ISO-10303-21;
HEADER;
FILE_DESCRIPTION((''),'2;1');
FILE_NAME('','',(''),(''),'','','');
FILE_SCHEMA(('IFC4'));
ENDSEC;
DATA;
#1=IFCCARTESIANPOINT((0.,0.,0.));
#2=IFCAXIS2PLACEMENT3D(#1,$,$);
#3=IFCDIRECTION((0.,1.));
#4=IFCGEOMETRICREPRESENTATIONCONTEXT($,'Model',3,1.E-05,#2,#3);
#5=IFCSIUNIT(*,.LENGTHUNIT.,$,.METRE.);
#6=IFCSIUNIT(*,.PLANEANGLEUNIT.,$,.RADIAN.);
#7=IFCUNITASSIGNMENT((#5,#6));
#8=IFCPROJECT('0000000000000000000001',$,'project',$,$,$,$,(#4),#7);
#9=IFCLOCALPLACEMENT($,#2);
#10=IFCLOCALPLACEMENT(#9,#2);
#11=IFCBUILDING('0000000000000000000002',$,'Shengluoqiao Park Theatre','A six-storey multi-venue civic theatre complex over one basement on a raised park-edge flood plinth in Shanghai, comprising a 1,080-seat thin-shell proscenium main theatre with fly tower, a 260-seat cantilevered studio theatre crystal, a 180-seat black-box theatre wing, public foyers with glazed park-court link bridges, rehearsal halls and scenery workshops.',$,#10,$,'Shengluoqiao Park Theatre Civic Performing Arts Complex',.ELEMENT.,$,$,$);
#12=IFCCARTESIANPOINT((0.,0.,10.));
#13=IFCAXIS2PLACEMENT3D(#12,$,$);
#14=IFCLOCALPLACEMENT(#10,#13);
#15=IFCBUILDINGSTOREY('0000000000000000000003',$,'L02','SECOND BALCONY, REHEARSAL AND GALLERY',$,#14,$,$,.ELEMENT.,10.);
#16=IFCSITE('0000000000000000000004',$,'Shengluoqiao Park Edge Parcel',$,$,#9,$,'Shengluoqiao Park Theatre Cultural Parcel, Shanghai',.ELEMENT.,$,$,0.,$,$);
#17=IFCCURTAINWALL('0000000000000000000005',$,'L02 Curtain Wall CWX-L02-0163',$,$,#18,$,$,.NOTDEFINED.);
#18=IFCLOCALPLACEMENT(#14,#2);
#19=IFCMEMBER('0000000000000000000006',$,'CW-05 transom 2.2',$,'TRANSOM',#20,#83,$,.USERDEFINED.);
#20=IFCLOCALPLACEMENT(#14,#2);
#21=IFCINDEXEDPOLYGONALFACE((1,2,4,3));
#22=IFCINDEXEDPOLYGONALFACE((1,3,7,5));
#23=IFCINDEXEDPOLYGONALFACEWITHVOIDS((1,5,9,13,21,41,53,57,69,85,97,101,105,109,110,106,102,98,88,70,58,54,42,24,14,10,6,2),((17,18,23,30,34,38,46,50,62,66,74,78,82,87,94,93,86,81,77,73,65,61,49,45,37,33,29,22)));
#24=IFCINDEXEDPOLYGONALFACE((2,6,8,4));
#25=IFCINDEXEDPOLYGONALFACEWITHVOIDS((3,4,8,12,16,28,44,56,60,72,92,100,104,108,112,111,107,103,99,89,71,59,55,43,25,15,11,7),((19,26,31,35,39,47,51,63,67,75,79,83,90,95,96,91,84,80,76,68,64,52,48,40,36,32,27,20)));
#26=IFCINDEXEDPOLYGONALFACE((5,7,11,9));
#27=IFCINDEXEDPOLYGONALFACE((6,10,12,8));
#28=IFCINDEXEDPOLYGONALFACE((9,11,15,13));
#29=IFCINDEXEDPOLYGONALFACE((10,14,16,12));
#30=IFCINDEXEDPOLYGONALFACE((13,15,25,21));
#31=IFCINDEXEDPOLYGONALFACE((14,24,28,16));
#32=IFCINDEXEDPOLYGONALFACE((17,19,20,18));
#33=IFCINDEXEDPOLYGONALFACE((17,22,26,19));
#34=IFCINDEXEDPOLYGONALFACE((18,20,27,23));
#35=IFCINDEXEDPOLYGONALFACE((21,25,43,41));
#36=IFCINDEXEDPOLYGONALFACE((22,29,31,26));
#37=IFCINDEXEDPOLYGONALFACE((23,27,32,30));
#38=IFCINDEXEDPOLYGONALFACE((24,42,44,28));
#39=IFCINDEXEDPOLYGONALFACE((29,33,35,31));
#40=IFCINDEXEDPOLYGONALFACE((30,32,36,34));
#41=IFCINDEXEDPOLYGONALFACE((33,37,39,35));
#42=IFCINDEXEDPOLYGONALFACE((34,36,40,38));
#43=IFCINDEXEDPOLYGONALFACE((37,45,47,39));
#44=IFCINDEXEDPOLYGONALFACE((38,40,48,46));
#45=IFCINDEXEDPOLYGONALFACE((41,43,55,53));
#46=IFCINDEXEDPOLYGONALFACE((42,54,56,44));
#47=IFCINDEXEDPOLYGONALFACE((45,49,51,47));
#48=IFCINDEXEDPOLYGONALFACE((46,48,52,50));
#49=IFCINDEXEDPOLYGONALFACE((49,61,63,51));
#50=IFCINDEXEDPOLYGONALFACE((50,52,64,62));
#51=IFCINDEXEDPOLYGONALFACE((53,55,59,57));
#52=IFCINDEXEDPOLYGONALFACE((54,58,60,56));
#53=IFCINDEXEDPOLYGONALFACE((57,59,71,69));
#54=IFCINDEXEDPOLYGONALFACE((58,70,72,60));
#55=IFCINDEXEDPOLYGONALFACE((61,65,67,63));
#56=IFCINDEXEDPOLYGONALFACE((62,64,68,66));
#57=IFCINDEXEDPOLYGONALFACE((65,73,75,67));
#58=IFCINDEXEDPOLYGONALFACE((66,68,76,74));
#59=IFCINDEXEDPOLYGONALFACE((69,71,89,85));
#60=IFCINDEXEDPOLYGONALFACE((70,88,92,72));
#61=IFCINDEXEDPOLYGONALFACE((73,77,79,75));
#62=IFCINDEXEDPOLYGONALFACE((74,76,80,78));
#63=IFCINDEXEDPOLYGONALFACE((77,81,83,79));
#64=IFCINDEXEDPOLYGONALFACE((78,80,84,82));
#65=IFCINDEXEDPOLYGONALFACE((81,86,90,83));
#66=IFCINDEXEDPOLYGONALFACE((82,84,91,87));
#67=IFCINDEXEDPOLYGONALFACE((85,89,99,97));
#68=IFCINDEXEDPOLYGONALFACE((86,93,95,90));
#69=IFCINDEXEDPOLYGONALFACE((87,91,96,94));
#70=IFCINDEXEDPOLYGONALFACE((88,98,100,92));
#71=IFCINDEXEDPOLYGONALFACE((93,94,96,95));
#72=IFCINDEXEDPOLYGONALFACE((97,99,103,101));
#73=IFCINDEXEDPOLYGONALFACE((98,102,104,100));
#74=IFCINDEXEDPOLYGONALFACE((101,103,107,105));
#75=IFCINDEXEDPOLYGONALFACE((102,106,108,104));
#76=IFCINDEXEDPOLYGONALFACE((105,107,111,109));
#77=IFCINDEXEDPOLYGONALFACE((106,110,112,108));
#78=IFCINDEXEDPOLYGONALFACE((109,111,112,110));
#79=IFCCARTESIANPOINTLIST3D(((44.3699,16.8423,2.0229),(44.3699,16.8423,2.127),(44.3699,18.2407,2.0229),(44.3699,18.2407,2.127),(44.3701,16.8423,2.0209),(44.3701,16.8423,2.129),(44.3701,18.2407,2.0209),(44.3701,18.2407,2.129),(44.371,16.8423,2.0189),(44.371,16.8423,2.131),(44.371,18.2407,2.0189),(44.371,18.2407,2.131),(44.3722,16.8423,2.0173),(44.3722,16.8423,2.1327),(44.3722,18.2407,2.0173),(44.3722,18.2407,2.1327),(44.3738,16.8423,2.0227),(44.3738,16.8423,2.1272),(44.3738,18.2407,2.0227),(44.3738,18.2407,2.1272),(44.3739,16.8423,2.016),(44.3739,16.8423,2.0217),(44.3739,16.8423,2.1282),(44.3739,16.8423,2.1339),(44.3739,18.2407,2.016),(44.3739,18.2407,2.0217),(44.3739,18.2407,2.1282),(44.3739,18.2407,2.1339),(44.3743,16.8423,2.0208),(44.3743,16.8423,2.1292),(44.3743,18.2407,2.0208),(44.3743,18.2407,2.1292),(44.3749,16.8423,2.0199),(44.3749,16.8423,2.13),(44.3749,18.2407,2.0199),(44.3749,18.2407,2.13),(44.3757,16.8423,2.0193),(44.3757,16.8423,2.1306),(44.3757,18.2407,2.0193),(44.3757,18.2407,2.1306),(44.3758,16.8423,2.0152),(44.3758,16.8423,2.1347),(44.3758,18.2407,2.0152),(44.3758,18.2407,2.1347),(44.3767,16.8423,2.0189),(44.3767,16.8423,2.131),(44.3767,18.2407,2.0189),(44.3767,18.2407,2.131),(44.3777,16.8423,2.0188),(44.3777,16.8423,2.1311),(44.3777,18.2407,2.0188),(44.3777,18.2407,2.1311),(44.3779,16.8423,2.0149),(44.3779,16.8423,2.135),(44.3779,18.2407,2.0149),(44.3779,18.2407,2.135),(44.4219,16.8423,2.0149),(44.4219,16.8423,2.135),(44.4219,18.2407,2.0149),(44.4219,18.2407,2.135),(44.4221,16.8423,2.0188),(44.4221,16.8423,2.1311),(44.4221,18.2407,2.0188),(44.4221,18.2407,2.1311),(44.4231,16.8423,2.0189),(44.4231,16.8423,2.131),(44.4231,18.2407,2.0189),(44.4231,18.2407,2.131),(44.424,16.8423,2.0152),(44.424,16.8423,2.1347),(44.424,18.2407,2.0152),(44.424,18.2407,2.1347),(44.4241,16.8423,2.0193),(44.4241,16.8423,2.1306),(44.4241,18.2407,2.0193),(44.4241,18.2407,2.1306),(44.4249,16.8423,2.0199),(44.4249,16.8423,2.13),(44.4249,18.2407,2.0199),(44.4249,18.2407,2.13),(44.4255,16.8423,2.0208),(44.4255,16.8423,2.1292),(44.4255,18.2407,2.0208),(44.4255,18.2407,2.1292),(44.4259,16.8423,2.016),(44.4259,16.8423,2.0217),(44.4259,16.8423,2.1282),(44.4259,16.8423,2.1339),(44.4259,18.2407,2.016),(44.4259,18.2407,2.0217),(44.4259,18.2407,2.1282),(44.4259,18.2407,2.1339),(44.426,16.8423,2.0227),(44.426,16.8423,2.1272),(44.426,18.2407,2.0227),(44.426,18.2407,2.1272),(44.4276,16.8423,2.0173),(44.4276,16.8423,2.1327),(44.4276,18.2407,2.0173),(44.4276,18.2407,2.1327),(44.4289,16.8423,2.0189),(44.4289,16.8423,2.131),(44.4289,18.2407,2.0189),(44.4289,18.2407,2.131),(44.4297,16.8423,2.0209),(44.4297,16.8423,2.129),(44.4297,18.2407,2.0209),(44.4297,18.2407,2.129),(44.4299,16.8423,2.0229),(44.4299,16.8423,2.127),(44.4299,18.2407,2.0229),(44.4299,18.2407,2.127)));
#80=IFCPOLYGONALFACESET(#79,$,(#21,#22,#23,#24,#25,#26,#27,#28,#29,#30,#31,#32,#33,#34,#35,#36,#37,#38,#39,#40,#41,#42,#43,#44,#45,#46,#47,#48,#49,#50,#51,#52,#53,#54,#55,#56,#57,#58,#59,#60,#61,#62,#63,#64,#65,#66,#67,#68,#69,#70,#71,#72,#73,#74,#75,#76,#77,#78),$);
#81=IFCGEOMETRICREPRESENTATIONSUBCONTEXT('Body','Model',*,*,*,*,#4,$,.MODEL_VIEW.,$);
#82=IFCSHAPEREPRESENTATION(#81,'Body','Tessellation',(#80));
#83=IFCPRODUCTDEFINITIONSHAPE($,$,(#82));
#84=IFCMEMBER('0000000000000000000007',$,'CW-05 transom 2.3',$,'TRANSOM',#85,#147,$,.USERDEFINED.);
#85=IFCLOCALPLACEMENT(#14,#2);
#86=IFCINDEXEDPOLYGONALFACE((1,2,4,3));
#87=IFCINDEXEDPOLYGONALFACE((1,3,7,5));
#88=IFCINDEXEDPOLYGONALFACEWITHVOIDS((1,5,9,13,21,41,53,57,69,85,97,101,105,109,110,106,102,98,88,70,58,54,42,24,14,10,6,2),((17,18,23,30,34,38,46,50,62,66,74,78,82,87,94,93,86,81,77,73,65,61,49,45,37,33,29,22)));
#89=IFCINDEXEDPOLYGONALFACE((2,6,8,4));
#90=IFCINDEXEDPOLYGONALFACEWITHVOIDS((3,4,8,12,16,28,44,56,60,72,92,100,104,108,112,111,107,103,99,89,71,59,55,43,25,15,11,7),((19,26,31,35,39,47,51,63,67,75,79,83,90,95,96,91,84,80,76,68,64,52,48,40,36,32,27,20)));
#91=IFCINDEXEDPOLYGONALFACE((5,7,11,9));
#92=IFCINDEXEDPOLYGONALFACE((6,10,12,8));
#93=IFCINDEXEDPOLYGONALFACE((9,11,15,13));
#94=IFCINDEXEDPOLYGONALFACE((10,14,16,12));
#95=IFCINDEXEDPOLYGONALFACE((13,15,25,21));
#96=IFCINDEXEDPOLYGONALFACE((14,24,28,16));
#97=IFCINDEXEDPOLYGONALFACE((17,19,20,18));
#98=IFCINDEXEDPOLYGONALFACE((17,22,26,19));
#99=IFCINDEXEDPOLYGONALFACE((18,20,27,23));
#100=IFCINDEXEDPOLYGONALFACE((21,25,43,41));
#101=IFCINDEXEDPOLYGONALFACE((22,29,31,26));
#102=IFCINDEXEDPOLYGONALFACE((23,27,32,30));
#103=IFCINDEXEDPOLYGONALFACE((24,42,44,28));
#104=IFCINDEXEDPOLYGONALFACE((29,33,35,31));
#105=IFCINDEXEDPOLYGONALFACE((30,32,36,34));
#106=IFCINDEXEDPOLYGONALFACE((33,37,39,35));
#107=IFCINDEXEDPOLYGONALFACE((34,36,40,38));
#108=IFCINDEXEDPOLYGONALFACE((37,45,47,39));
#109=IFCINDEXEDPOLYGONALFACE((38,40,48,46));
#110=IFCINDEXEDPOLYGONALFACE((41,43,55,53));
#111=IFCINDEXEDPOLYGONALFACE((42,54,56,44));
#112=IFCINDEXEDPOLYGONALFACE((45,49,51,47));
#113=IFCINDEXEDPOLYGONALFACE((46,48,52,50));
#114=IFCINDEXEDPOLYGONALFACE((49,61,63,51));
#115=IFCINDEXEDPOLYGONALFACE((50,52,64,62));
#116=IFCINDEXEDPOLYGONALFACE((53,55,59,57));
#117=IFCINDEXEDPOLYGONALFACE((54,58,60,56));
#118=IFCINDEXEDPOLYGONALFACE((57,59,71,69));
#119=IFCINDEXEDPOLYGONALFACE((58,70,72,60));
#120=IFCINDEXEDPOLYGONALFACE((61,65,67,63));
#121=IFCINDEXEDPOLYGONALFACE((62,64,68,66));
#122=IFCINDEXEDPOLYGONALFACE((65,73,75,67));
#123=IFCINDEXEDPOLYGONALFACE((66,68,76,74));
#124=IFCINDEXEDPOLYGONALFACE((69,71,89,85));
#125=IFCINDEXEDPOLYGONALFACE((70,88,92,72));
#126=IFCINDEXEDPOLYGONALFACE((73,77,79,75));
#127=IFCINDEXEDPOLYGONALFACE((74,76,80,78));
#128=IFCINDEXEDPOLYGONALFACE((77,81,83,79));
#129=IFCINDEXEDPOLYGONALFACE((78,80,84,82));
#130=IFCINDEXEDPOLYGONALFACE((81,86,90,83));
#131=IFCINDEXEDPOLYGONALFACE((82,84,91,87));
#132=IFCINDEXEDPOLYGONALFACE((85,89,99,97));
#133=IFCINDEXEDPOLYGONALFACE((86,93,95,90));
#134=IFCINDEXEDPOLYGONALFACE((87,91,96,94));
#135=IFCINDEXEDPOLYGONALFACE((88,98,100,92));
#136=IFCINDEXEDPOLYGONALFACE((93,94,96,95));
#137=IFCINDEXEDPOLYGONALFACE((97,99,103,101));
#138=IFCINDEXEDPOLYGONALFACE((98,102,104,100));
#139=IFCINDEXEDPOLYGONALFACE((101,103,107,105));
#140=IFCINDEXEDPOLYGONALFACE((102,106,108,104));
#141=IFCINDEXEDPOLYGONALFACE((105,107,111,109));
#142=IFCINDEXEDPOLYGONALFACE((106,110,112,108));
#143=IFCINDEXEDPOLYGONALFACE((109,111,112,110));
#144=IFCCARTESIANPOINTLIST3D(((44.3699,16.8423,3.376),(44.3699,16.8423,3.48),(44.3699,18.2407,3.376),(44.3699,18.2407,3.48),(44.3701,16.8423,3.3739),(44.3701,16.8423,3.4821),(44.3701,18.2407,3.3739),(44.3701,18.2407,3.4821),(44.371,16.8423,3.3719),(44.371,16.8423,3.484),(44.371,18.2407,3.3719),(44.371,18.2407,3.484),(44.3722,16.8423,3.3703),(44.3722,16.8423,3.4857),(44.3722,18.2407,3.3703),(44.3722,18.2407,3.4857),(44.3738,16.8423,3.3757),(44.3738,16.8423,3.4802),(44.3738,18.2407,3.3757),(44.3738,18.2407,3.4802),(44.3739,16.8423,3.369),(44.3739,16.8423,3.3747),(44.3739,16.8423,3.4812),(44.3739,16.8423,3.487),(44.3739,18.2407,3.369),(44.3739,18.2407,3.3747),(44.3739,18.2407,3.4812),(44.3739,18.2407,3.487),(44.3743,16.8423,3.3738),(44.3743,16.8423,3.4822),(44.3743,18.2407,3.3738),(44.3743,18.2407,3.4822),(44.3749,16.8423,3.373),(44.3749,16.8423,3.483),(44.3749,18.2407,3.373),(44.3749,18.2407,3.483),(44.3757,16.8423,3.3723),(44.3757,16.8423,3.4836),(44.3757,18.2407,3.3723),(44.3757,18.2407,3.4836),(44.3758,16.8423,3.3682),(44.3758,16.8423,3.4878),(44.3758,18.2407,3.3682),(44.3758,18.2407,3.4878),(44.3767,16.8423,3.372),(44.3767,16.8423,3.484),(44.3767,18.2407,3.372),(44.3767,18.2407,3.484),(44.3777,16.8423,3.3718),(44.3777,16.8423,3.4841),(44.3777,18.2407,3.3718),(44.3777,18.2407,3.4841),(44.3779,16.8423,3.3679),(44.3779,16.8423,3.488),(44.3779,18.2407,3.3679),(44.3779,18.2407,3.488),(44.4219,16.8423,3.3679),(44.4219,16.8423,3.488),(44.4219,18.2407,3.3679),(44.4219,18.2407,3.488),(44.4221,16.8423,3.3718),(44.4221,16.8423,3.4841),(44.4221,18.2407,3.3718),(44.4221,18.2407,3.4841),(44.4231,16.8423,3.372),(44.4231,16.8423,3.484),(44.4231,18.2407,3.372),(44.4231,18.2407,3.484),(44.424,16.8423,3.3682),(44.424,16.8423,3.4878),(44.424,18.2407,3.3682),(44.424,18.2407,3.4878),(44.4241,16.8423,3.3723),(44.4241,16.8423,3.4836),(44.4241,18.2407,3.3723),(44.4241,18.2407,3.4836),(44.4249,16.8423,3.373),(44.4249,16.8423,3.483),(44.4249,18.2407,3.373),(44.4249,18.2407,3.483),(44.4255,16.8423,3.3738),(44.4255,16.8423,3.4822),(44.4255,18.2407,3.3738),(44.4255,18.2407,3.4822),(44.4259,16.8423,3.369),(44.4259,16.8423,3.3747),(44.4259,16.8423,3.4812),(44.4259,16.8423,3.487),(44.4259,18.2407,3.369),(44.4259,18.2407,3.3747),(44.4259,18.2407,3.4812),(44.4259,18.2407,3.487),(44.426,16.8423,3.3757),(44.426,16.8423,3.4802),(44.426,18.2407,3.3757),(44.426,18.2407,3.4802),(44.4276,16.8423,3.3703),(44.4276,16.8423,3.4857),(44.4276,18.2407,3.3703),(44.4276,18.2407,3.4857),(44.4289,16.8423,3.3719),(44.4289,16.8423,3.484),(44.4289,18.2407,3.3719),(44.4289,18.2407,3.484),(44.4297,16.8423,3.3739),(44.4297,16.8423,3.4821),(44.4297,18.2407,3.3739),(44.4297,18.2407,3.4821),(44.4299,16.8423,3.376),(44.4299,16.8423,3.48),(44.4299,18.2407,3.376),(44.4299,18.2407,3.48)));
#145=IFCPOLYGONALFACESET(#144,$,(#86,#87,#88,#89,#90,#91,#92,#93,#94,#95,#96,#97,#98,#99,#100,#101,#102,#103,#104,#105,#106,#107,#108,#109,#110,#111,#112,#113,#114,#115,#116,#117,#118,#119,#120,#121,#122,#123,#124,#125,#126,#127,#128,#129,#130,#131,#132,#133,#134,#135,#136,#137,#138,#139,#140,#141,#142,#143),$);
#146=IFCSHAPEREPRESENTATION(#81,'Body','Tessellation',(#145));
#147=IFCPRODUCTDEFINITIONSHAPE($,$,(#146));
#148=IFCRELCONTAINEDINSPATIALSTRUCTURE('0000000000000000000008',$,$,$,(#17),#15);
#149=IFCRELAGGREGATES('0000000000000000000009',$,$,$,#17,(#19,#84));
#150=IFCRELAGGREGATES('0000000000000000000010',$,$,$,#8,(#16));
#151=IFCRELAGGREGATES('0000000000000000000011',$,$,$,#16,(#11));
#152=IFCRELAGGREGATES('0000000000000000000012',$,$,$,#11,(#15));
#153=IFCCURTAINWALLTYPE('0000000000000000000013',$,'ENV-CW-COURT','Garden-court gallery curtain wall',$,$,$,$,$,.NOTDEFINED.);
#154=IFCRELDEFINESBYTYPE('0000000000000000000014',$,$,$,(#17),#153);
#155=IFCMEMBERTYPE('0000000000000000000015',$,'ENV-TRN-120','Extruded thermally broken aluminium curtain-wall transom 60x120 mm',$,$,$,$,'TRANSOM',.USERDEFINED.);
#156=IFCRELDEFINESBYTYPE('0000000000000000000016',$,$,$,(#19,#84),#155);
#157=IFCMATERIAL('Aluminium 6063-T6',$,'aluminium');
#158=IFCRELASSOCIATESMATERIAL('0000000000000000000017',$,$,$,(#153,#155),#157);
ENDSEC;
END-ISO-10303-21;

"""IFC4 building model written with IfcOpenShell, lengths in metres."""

from ifc_helpers import new_model, si_unit, direction, frame, origin, origin_2d, place, context, subcontext, project, spatial, hollow_rectangle, extrude, material, material_profile, profile_set, type_object, element, aggregate, save


model = new_model("IFC4")

# Units and contexts
model_context = context("Model", 3, precision=1e-05, world=origin(), true_north=direction((0.0, 1.0)))
body_context = subcontext(model_context, "Body", "Model", "MODEL_VIEW")
ifc_project = project(units=[si_unit("LENGTHUNIT", "METRE"), si_unit("PLANEANGLEUNIT", "RADIAN")], contexts=[model_context])

# Site, building, storey
site_placement = place(None, origin())
site = spatial("IfcSite", under=ifc_project, at=site_placement, Name="Shengluoqiao Park Edge Parcel", LongName="Shengluoqiao Park Theatre Cultural Parcel, Shanghai", CompositionType="ELEMENT", RefElevation=0.0)
building_placement = place(site_placement, origin())
building = spatial("IfcBuilding", under=site, at=building_placement, Name="Shengluoqiao Park Theatre", Description="A six-storey multi-venue civic theatre complex over one basement on a raised park-edge flood plinth in Shanghai, comprising a 1,080-seat thin-shell proscenium main theatre with fly tower, a 260-seat cantilevered studio theatre crystal, a 180-seat black-box theatre wing, public foyers with glazed park-court link bridges, rehearsal halls and scenery workshops.", LongName="Shengluoqiao Park Theatre Civic Performing Arts Complex", CompositionType="ELEMENT")
storey_placement = place(building_placement, frame((0.0, 0.0, 10.0)))
storey = spatial("IfcBuildingStorey", under=building, at=storey_placement, Name="L02", Description="SECOND BALCONY, REHEARSAL AND GALLERY", CompositionType="ELEMENT", Elevation=10.0)

# Curtain wall, members
ifc_material_1 = material(Name="Aluminium 6063-T6", Category="aluminium")
curtain_wall_type = type_object("IfcCurtainWallType", Name="ENV-CW-COURT", Description="Garden-court gallery curtain wall", PredefinedType="NOTDEFINED", material=ifc_material_1)
curtain_wall_1_placement = place(storey_placement, origin())
curtain_wall_1 = element("IfcCurtainWall", 1, at=curtain_wall_1_placement, inside=storey, type_object=curtain_wall_type, Name="L02 Curtain Wall CWX-L02-0163", PredefinedType="NOTDEFINED")
ifc_material_profile_1 = material_profile(ifc_material_1, hollow_rectangle(XDim=0.0601, YDim=0.1201, WallThickness=0.0039, InnerFilletRadius=0.0039, OuterFilletRadius=0.0081, at=origin_2d()), Name="ALU TRANSOM 120x60x4")
ifc_profile_set_1 = profile_set([ifc_material_profile_1], Name="Aluminium 6063-T6")
member_type_1 = type_object("IfcMemberType", Name="ENV-TRN-120", Description="Extruded thermally broken aluminium curtain-wall transom 60x120 mm", ElementType="TRANSOM", PredefinedType="USERDEFINED", material=ifc_profile_set_1)
member_1_placement = place(storey_placement, frame((44.3999, 16.8423, 2.075), z_axis=(0.0, 1.0, 0.0), x_axis=(-1.0, 0.0, 0.0)))
member_1 = element("IfcMember", 2, at=member_1_placement, type_object=member_type_1, Name="CW-05 transom 2.2", ObjectType="TRANSOM", PredefinedType="USERDEFINED", context=body_context, shape_type="SweptSolid", body=[
    extrude(hollow_rectangle(XDim=0.0601, YDim=0.1201, WallThickness=0.0039, InnerFilletRadius=0.0039, OuterFilletRadius=0.0081, at=origin_2d()), origin(), (0.0, 0.0, 1.0), 1.3984),
])
member_2_placement = place(storey_placement, frame((44.3999, 16.8423, 3.428), z_axis=(0.0, 1.0, 0.0), x_axis=(-1.0, 0.0, 0.0)))
member_2 = element("IfcMember", 3, at=member_2_placement, type_object=member_type_1, Name="CW-05 transom 2.3", ObjectType="TRANSOM", PredefinedType="USERDEFINED", context=body_context, shape_type="SweptSolid", body=[
    extrude(hollow_rectangle(XDim=0.0601, YDim=0.1201, WallThickness=0.0039, InnerFilletRadius=0.0039, OuterFilletRadius=0.0081, at=origin_2d()), origin(), (0.0, 0.0, 1.0), 1.3984),
])

aggregate(curtain_wall_1, [member_1, member_2])

save(model, "model.ifc")
